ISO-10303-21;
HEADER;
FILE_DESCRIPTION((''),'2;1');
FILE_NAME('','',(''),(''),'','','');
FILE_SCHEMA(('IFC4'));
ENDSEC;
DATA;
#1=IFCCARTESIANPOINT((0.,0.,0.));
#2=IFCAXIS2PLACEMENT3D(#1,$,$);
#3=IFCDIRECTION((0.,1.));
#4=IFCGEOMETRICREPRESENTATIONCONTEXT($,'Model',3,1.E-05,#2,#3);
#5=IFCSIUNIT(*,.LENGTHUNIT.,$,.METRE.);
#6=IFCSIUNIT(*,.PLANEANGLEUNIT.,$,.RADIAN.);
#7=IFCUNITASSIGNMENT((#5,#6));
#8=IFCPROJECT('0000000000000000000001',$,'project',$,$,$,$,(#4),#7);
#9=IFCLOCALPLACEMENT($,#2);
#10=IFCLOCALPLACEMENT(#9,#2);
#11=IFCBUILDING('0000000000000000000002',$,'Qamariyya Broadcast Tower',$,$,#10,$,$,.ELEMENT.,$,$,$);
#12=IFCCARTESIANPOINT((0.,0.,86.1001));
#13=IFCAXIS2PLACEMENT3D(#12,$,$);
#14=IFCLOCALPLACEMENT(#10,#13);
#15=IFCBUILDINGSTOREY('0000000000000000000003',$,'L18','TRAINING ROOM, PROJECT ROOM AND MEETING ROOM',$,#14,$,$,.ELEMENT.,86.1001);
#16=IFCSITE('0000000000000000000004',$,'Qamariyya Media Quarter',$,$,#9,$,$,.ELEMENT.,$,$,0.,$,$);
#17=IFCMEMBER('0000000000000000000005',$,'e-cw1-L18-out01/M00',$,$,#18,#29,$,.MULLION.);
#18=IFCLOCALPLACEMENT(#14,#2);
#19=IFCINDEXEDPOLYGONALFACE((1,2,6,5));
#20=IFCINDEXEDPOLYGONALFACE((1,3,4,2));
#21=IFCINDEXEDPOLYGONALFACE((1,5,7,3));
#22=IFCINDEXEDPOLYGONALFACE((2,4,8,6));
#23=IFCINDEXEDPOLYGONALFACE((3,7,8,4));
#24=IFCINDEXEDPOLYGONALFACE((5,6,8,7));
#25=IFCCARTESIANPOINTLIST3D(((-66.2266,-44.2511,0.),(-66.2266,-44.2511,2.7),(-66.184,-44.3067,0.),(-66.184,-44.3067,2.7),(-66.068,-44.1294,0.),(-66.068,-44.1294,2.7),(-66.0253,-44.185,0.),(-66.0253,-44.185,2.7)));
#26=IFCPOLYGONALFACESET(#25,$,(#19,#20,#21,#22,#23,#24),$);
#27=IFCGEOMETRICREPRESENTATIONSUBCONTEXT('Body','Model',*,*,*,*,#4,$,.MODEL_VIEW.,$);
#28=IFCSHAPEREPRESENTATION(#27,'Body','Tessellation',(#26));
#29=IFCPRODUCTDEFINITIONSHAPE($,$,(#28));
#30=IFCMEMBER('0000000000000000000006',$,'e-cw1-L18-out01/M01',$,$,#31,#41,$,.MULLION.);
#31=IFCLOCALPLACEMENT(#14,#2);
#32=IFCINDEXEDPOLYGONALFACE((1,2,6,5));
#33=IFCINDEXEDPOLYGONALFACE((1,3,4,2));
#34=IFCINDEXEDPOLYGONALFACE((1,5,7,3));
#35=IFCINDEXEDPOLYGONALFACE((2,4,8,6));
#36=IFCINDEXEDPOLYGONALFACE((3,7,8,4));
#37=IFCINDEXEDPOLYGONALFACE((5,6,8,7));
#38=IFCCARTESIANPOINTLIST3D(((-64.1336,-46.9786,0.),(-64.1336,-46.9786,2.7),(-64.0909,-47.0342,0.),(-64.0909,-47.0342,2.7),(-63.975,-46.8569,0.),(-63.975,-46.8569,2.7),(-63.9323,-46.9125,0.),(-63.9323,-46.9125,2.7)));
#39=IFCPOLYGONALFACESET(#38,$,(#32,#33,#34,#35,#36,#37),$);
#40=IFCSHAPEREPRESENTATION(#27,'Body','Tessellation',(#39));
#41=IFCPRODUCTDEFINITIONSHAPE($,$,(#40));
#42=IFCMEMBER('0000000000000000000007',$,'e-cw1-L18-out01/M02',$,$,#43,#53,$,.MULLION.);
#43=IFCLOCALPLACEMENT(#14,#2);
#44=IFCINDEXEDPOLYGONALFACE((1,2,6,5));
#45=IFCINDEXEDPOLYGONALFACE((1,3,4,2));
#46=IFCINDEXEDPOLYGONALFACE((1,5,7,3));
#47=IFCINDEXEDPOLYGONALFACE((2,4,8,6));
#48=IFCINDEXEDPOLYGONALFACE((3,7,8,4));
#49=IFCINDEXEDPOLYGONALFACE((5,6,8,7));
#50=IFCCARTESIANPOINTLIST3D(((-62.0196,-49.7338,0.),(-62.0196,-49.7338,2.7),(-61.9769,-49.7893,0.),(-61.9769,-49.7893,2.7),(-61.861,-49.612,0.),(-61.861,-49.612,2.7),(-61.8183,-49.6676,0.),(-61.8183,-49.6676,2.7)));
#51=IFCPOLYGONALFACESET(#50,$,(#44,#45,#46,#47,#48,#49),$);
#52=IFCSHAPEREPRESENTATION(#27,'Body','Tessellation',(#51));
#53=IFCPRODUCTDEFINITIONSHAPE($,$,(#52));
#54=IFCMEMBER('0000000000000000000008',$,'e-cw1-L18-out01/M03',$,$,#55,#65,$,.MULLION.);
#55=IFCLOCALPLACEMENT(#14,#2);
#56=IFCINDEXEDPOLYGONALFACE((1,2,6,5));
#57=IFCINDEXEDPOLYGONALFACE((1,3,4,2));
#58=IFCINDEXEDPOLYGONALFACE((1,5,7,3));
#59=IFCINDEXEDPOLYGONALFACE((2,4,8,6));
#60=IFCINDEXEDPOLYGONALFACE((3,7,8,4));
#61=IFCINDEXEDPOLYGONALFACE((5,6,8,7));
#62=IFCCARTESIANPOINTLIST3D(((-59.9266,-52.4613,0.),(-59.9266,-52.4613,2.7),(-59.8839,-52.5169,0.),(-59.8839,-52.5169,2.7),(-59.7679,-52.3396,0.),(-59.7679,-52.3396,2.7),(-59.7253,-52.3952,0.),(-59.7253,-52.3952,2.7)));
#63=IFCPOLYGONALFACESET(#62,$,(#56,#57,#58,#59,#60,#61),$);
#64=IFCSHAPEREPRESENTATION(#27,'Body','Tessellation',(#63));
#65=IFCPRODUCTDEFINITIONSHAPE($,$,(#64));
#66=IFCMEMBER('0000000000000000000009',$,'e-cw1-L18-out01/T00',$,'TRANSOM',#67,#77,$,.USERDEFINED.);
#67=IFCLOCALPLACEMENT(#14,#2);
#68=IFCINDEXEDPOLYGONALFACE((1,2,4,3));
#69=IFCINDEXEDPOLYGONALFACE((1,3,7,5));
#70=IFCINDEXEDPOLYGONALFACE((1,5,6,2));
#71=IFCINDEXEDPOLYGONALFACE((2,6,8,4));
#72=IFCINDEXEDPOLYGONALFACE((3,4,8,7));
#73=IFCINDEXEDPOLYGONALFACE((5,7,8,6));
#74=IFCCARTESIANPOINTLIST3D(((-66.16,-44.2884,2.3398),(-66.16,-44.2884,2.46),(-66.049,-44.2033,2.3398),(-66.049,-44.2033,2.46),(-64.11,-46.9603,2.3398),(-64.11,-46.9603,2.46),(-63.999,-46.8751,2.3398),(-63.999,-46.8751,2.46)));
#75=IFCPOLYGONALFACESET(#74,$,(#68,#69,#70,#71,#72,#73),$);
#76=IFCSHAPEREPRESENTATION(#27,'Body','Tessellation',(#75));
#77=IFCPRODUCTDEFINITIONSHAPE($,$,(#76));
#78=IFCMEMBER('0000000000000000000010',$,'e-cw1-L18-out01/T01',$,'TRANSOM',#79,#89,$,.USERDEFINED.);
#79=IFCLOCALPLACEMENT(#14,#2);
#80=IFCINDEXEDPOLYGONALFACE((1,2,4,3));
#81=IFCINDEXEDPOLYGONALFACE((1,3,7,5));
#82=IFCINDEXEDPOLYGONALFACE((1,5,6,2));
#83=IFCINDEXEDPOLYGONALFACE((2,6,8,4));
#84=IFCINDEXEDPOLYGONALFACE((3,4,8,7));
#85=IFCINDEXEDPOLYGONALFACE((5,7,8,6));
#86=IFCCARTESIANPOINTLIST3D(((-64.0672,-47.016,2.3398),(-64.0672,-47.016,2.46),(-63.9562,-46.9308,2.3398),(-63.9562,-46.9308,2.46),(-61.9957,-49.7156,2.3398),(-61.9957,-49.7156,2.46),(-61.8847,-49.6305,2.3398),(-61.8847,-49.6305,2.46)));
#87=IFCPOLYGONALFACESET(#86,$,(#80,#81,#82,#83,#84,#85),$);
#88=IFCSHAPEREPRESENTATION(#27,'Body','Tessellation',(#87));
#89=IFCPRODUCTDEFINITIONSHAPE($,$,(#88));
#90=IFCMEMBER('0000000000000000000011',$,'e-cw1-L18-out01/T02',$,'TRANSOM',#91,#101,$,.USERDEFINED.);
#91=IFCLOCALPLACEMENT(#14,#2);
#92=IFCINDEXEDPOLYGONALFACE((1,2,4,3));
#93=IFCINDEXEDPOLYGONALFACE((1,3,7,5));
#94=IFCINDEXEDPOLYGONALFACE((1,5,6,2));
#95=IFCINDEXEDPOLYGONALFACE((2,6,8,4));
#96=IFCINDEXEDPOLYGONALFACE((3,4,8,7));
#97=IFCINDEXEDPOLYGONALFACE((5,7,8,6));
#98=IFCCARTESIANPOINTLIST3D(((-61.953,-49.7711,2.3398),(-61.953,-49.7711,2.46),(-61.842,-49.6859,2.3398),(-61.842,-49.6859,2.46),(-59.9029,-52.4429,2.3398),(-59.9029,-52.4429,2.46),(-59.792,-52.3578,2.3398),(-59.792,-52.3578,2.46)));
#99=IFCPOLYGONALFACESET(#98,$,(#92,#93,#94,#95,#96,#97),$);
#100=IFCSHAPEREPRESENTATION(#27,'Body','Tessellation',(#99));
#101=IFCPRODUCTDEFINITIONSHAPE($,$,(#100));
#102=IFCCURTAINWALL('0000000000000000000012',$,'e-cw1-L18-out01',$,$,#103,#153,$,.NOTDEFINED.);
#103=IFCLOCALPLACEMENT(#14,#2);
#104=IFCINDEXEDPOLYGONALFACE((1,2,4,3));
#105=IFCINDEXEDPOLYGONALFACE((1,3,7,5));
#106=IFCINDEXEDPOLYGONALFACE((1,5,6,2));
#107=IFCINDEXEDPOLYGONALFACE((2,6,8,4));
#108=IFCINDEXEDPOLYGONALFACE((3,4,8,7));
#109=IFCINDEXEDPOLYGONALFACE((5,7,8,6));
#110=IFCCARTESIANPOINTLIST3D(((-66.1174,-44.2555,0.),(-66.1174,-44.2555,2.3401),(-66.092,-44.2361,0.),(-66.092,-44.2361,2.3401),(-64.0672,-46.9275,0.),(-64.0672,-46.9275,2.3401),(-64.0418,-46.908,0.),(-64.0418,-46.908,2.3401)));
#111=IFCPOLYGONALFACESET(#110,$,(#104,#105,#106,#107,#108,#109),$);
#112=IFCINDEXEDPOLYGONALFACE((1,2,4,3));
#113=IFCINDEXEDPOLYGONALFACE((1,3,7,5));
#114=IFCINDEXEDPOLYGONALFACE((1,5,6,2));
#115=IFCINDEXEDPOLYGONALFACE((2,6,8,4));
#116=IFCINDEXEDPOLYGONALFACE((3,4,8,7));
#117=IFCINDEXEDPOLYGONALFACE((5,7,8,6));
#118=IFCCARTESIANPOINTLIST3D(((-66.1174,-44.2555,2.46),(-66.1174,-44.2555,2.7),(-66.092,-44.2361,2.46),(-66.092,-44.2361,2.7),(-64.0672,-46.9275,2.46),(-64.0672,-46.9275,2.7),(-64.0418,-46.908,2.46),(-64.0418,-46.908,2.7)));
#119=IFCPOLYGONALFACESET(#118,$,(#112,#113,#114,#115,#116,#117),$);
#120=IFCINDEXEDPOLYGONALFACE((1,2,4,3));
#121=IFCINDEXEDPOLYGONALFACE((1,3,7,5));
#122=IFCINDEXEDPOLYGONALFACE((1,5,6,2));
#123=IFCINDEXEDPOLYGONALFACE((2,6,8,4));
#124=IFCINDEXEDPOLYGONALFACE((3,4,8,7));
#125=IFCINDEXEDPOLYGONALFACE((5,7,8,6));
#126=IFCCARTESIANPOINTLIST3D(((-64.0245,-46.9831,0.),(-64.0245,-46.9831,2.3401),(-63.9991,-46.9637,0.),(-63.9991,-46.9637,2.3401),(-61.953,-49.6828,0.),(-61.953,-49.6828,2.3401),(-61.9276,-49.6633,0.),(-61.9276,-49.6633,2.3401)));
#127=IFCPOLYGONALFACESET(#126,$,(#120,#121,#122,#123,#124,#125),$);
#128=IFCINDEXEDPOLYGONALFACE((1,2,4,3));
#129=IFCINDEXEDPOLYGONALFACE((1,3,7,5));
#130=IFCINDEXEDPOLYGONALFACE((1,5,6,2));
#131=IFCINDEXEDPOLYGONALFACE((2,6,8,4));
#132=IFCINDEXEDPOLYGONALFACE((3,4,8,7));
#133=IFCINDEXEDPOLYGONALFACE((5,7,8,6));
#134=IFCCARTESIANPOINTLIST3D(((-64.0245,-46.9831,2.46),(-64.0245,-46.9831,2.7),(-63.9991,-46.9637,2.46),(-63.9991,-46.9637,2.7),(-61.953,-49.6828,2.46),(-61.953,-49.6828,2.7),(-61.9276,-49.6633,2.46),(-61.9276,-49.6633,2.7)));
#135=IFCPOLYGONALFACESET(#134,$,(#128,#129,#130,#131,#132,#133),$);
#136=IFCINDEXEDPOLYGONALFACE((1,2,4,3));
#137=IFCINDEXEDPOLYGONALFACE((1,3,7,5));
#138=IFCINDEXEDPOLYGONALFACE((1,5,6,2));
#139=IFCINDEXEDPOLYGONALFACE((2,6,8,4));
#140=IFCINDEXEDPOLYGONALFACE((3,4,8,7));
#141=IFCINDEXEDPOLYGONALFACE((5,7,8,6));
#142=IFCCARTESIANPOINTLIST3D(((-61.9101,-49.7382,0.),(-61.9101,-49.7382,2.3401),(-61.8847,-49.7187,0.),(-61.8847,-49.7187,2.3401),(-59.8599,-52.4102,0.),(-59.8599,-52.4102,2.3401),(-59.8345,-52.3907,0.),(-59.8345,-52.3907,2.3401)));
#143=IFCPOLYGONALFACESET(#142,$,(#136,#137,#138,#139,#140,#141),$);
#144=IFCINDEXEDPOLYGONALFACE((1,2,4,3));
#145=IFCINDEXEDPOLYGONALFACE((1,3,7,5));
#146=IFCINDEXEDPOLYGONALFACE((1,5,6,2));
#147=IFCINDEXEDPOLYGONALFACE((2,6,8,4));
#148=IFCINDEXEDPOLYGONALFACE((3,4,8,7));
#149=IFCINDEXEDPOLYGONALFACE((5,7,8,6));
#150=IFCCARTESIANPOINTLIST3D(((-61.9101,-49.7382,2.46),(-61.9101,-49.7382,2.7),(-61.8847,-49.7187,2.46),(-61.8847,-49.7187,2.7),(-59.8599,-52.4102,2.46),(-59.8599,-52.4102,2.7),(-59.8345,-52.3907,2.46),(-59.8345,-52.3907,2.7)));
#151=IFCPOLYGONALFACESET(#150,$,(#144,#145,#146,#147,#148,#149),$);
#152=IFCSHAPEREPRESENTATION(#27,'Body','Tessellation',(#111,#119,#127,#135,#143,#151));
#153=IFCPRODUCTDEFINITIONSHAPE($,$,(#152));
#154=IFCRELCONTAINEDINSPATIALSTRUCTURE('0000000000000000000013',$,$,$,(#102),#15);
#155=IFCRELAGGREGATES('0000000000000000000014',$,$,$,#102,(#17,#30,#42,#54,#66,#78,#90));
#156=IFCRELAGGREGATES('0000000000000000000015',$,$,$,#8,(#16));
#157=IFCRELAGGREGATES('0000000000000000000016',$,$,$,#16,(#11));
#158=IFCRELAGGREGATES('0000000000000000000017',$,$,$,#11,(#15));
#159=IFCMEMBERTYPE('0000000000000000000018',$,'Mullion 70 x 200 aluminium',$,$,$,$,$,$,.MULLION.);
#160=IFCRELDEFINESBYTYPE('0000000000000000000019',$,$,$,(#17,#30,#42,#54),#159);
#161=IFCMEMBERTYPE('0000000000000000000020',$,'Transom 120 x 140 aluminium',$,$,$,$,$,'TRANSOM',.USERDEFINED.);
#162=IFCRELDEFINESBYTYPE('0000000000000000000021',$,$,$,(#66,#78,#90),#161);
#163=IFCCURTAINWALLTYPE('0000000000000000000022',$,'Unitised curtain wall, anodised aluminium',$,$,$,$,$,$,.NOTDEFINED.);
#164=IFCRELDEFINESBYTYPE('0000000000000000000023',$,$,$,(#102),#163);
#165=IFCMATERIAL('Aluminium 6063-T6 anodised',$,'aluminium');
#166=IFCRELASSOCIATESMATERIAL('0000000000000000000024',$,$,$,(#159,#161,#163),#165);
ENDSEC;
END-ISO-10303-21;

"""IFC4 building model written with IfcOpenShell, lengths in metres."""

from ifc_helpers import new_model, si_unit, direction, frame, origin, origin_2d, place, context, subcontext, project, spatial, rectangle, extrude, material, material_profile, profile_set, type_object, element, aggregate, save


model = new_model("IFC4")

# Units and contexts
model_context = context("Model", 3, precision=1e-05, world=origin(), true_north=direction((0.0, 1.0)))
body_context = subcontext(model_context, "Body", "Model", "MODEL_VIEW")
ifc_project = project(units=[si_unit("LENGTHUNIT", "METRE"), si_unit("PLANEANGLEUNIT", "RADIAN")], contexts=[model_context])

# Members
ifc_material_1 = material(Name="Aluminium 6063-T6 anodised", Category="aluminium")
ifc_material_profile_1 = material_profile(ifc_material_1, rectangle(XDim=0.2, YDim=0.0701, at=origin_2d()))
ifc_profile_set_1 = profile_set([ifc_material_profile_1], Name="Aluminium 6063-T6 anodised")
member_type_1 = type_object("IfcMemberType", Name="Mullion 70 x 200 aluminium", PredefinedType="MULLION", material=ifc_profile_set_1)
site_placement = place(None, origin())
building_placement = place(site_placement, origin())
storey_placement = place(building_placement, frame((0.0, 0.0, 86.1001)))
member_1_placement = place(storey_placement, frame((-66.126, -44.218, 0.0), z_axis=(0.0, 0.0, 1.0), x_axis=(0.793353, 0.608761, 0.0)))
member_1 = element("IfcMember", 1, at=member_1_placement, type_object=member_type_1, Name="e-cw1-L18-out01/M00", PredefinedType="MULLION", context=body_context, shape_type="SweptSolid", body=[
    extrude(rectangle(XDim=0.2, YDim=0.0701, at=origin_2d()), origin(), (0.0, 0.0, 1.0), 2.7),
])
member_2_placement = place(storey_placement, frame((-64.033, -46.9456, 0.0), z_axis=(0.0, 0.0, 1.0), x_axis=(0.793353, 0.608761, 0.0)))
member_2 = element("IfcMember", 2, at=member_2_placement, type_object=member_type_1, Name="e-cw1-L18-out01/M01", PredefinedType="MULLION", context=body_context, shape_type="SweptSolid", body=[
    extrude(rectangle(XDim=0.2, YDim=0.0701, at=origin_2d()), origin(), (0.0, 0.0, 1.0), 2.7),
])
member_3_placement = place(storey_placement, frame((-61.9189, -49.7007, 0.0), z_axis=(0.0, 0.0, 1.0), x_axis=(0.793353, 0.608761, 0.0)))
member_3 = element("IfcMember", 3, at=member_3_placement, type_object=member_type_1, Name="e-cw1-L18-out01/M02", PredefinedType="MULLION", context=body_context, shape_type="SweptSolid", body=[
    extrude(rectangle(XDim=0.2, YDim=0.0701, at=origin_2d()), origin(), (0.0, 0.0, 1.0), 2.7),
])
member_4_placement = place(storey_placement, frame((-59.8259, -52.4282, 0.0), z_axis=(0.0, 0.0, 1.0), x_axis=(0.793353, 0.608761, 0.0)))
member_4 = element("IfcMember", 4, at=member_4_placement, type_object=member_type_1, Name="e-cw1-L18-out01/M03", PredefinedType="MULLION", context=body_context, shape_type="SweptSolid", body=[
    extrude(rectangle(XDim=0.2, YDim=0.0701, at=origin_2d()), origin(), (0.0, 0.0, 1.0), 2.7),
])
ifc_material_profile_2 = material_profile(ifc_material_1, rectangle(XDim=0.1399, YDim=0.1201, at=origin_2d()))
ifc_profile_set_2 = profile_set([ifc_material_profile_2], Name="Aluminium 6063-T6 anodised")
member_type_2 = type_object("IfcMemberType", Name="Transom 120 x 140 aluminium", ElementType="TRANSOM", PredefinedType="USERDEFINED", material=ifc_profile_set_2)
member_5_placement = place(storey_placement, frame((-66.1045, -44.2458, 2.3999), z_axis=(0.608733, -0.793375, 0.0), x_axis=(0.793375, 0.608733, 0.0)))
member_5 = element("IfcMember", 5, at=member_5_placement, type_object=member_type_2, Name="e-cw1-L18-out01/T00", ObjectType="TRANSOM", PredefinedType="USERDEFINED", context=body_context, shape_type="SweptSolid", body=[
    extrude(rectangle(XDim=0.1399, YDim=0.1201, at=origin_2d()), origin(), (0.0, 0.0, 1.0), 3.3677),
])
member_6_placement = place(storey_placement, frame((-64.0117, -46.9734, 2.3999), z_axis=(0.608757, -0.793357, 0.0), x_axis=(0.793357, 0.608757, 0.0)))
member_6 = element("IfcMember", 6, at=member_6_placement, type_object=member_type_2, Name="e-cw1-L18-out01/T01", ObjectType="TRANSOM", PredefinedType="USERDEFINED", context=body_context, shape_type="SweptSolid", body=[
    extrude(rectangle(XDim=0.1399, YDim=0.1201, at=origin_2d()), origin(), (0.0, 0.0, 1.0), 3.4028),
])
member_7_placement = place(storey_placement, frame((-61.8975, -49.7285, 2.3999), z_axis=(0.608733, -0.793375, 0.0), x_axis=(0.793375, 0.608733, 0.0)))
member_7 = element("IfcMember", 7, at=member_7_placement, type_object=member_type_2, Name="e-cw1-L18-out01/T02", ObjectType="TRANSOM", PredefinedType="USERDEFINED", context=body_context, shape_type="SweptSolid", body=[
    extrude(rectangle(XDim=0.1399, YDim=0.1201, at=origin_2d()), origin(), (0.0, 0.0, 1.0), 3.3677),
])

# Site, building, storey
site = spatial("IfcSite", under=ifc_project, at=site_placement, Name="Qamariyya Media Quarter", CompositionType="ELEMENT", RefElevation=0.0)
building = spatial("IfcBuilding", under=site, at=building_placement, Name="Qamariyya Broadcast Tower", CompositionType="ELEMENT")
storey = spatial("IfcBuildingStorey", under=building, at=storey_placement, Name="L18", Description="TRAINING ROOM, PROJECT ROOM AND MEETING ROOM", CompositionType="ELEMENT", Elevation=86.1001)

# Curtain wall
curtain_wall_type = type_object("IfcCurtainWallType", Name="Unitised curtain wall, anodised aluminium", PredefinedType="NOTDEFINED", material=ifc_material_1)
curtain_wall_1_placement = place(storey_placement, origin())
curtain_wall_1 = element("IfcCurtainWall", 8, at=curtain_wall_1_placement, inside=storey, type_object=curtain_wall_type, Name="e-cw1-L18-out01", PredefinedType="NOTDEFINED", context=body_context, shape_type="SweptSolid", body=[
    extrude(rectangle(XDim=3.3679, YDim=0.032, at=origin_2d()), frame((-65.0796, -45.5818, 0.0), x_axis=(0.608756, -0.793358, 0.0)), (0.0, 0.0, 1.0), 2.3401),
    extrude(rectangle(XDim=3.3679, YDim=0.032, at=origin_2d()), frame((-65.0796, -45.5818, 2.46), x_axis=(0.608756, -0.793358, 0.0)), (0.0, 0.0, 1.0), 0.24),
    extrude(rectangle(XDim=3.4028, YDim=0.032, at=origin_2d()), frame((-62.9761, -48.3232, 0.0), x_axis=(0.608756, -0.793358, 0.0)), (0.0, 0.0, 1.0), 2.3401),
    extrude(rectangle(XDim=3.4028, YDim=0.032, at=origin_2d()), frame((-62.9761, -48.3232, 2.46), x_axis=(0.608756, -0.793358, 0.0)), (0.0, 0.0, 1.0), 0.24),
    extrude(rectangle(XDim=3.3679, YDim=0.032, at=origin_2d()), frame((-60.8723, -51.0645, 0.0), x_axis=(0.608756, -0.793358, 0.0)), (0.0, 0.0, 1.0), 2.3401),
    extrude(rectangle(XDim=3.3679, YDim=0.032, at=origin_2d()), frame((-60.8723, -51.0645, 2.46), x_axis=(0.608756, -0.793358, 0.0)), (0.0, 0.0, 1.0), 0.24),
])
aggregate(curtain_wall_1, [member_1, member_2, member_3, member_4, member_5, member_6, member_7])

save(model, "model.ifc")
